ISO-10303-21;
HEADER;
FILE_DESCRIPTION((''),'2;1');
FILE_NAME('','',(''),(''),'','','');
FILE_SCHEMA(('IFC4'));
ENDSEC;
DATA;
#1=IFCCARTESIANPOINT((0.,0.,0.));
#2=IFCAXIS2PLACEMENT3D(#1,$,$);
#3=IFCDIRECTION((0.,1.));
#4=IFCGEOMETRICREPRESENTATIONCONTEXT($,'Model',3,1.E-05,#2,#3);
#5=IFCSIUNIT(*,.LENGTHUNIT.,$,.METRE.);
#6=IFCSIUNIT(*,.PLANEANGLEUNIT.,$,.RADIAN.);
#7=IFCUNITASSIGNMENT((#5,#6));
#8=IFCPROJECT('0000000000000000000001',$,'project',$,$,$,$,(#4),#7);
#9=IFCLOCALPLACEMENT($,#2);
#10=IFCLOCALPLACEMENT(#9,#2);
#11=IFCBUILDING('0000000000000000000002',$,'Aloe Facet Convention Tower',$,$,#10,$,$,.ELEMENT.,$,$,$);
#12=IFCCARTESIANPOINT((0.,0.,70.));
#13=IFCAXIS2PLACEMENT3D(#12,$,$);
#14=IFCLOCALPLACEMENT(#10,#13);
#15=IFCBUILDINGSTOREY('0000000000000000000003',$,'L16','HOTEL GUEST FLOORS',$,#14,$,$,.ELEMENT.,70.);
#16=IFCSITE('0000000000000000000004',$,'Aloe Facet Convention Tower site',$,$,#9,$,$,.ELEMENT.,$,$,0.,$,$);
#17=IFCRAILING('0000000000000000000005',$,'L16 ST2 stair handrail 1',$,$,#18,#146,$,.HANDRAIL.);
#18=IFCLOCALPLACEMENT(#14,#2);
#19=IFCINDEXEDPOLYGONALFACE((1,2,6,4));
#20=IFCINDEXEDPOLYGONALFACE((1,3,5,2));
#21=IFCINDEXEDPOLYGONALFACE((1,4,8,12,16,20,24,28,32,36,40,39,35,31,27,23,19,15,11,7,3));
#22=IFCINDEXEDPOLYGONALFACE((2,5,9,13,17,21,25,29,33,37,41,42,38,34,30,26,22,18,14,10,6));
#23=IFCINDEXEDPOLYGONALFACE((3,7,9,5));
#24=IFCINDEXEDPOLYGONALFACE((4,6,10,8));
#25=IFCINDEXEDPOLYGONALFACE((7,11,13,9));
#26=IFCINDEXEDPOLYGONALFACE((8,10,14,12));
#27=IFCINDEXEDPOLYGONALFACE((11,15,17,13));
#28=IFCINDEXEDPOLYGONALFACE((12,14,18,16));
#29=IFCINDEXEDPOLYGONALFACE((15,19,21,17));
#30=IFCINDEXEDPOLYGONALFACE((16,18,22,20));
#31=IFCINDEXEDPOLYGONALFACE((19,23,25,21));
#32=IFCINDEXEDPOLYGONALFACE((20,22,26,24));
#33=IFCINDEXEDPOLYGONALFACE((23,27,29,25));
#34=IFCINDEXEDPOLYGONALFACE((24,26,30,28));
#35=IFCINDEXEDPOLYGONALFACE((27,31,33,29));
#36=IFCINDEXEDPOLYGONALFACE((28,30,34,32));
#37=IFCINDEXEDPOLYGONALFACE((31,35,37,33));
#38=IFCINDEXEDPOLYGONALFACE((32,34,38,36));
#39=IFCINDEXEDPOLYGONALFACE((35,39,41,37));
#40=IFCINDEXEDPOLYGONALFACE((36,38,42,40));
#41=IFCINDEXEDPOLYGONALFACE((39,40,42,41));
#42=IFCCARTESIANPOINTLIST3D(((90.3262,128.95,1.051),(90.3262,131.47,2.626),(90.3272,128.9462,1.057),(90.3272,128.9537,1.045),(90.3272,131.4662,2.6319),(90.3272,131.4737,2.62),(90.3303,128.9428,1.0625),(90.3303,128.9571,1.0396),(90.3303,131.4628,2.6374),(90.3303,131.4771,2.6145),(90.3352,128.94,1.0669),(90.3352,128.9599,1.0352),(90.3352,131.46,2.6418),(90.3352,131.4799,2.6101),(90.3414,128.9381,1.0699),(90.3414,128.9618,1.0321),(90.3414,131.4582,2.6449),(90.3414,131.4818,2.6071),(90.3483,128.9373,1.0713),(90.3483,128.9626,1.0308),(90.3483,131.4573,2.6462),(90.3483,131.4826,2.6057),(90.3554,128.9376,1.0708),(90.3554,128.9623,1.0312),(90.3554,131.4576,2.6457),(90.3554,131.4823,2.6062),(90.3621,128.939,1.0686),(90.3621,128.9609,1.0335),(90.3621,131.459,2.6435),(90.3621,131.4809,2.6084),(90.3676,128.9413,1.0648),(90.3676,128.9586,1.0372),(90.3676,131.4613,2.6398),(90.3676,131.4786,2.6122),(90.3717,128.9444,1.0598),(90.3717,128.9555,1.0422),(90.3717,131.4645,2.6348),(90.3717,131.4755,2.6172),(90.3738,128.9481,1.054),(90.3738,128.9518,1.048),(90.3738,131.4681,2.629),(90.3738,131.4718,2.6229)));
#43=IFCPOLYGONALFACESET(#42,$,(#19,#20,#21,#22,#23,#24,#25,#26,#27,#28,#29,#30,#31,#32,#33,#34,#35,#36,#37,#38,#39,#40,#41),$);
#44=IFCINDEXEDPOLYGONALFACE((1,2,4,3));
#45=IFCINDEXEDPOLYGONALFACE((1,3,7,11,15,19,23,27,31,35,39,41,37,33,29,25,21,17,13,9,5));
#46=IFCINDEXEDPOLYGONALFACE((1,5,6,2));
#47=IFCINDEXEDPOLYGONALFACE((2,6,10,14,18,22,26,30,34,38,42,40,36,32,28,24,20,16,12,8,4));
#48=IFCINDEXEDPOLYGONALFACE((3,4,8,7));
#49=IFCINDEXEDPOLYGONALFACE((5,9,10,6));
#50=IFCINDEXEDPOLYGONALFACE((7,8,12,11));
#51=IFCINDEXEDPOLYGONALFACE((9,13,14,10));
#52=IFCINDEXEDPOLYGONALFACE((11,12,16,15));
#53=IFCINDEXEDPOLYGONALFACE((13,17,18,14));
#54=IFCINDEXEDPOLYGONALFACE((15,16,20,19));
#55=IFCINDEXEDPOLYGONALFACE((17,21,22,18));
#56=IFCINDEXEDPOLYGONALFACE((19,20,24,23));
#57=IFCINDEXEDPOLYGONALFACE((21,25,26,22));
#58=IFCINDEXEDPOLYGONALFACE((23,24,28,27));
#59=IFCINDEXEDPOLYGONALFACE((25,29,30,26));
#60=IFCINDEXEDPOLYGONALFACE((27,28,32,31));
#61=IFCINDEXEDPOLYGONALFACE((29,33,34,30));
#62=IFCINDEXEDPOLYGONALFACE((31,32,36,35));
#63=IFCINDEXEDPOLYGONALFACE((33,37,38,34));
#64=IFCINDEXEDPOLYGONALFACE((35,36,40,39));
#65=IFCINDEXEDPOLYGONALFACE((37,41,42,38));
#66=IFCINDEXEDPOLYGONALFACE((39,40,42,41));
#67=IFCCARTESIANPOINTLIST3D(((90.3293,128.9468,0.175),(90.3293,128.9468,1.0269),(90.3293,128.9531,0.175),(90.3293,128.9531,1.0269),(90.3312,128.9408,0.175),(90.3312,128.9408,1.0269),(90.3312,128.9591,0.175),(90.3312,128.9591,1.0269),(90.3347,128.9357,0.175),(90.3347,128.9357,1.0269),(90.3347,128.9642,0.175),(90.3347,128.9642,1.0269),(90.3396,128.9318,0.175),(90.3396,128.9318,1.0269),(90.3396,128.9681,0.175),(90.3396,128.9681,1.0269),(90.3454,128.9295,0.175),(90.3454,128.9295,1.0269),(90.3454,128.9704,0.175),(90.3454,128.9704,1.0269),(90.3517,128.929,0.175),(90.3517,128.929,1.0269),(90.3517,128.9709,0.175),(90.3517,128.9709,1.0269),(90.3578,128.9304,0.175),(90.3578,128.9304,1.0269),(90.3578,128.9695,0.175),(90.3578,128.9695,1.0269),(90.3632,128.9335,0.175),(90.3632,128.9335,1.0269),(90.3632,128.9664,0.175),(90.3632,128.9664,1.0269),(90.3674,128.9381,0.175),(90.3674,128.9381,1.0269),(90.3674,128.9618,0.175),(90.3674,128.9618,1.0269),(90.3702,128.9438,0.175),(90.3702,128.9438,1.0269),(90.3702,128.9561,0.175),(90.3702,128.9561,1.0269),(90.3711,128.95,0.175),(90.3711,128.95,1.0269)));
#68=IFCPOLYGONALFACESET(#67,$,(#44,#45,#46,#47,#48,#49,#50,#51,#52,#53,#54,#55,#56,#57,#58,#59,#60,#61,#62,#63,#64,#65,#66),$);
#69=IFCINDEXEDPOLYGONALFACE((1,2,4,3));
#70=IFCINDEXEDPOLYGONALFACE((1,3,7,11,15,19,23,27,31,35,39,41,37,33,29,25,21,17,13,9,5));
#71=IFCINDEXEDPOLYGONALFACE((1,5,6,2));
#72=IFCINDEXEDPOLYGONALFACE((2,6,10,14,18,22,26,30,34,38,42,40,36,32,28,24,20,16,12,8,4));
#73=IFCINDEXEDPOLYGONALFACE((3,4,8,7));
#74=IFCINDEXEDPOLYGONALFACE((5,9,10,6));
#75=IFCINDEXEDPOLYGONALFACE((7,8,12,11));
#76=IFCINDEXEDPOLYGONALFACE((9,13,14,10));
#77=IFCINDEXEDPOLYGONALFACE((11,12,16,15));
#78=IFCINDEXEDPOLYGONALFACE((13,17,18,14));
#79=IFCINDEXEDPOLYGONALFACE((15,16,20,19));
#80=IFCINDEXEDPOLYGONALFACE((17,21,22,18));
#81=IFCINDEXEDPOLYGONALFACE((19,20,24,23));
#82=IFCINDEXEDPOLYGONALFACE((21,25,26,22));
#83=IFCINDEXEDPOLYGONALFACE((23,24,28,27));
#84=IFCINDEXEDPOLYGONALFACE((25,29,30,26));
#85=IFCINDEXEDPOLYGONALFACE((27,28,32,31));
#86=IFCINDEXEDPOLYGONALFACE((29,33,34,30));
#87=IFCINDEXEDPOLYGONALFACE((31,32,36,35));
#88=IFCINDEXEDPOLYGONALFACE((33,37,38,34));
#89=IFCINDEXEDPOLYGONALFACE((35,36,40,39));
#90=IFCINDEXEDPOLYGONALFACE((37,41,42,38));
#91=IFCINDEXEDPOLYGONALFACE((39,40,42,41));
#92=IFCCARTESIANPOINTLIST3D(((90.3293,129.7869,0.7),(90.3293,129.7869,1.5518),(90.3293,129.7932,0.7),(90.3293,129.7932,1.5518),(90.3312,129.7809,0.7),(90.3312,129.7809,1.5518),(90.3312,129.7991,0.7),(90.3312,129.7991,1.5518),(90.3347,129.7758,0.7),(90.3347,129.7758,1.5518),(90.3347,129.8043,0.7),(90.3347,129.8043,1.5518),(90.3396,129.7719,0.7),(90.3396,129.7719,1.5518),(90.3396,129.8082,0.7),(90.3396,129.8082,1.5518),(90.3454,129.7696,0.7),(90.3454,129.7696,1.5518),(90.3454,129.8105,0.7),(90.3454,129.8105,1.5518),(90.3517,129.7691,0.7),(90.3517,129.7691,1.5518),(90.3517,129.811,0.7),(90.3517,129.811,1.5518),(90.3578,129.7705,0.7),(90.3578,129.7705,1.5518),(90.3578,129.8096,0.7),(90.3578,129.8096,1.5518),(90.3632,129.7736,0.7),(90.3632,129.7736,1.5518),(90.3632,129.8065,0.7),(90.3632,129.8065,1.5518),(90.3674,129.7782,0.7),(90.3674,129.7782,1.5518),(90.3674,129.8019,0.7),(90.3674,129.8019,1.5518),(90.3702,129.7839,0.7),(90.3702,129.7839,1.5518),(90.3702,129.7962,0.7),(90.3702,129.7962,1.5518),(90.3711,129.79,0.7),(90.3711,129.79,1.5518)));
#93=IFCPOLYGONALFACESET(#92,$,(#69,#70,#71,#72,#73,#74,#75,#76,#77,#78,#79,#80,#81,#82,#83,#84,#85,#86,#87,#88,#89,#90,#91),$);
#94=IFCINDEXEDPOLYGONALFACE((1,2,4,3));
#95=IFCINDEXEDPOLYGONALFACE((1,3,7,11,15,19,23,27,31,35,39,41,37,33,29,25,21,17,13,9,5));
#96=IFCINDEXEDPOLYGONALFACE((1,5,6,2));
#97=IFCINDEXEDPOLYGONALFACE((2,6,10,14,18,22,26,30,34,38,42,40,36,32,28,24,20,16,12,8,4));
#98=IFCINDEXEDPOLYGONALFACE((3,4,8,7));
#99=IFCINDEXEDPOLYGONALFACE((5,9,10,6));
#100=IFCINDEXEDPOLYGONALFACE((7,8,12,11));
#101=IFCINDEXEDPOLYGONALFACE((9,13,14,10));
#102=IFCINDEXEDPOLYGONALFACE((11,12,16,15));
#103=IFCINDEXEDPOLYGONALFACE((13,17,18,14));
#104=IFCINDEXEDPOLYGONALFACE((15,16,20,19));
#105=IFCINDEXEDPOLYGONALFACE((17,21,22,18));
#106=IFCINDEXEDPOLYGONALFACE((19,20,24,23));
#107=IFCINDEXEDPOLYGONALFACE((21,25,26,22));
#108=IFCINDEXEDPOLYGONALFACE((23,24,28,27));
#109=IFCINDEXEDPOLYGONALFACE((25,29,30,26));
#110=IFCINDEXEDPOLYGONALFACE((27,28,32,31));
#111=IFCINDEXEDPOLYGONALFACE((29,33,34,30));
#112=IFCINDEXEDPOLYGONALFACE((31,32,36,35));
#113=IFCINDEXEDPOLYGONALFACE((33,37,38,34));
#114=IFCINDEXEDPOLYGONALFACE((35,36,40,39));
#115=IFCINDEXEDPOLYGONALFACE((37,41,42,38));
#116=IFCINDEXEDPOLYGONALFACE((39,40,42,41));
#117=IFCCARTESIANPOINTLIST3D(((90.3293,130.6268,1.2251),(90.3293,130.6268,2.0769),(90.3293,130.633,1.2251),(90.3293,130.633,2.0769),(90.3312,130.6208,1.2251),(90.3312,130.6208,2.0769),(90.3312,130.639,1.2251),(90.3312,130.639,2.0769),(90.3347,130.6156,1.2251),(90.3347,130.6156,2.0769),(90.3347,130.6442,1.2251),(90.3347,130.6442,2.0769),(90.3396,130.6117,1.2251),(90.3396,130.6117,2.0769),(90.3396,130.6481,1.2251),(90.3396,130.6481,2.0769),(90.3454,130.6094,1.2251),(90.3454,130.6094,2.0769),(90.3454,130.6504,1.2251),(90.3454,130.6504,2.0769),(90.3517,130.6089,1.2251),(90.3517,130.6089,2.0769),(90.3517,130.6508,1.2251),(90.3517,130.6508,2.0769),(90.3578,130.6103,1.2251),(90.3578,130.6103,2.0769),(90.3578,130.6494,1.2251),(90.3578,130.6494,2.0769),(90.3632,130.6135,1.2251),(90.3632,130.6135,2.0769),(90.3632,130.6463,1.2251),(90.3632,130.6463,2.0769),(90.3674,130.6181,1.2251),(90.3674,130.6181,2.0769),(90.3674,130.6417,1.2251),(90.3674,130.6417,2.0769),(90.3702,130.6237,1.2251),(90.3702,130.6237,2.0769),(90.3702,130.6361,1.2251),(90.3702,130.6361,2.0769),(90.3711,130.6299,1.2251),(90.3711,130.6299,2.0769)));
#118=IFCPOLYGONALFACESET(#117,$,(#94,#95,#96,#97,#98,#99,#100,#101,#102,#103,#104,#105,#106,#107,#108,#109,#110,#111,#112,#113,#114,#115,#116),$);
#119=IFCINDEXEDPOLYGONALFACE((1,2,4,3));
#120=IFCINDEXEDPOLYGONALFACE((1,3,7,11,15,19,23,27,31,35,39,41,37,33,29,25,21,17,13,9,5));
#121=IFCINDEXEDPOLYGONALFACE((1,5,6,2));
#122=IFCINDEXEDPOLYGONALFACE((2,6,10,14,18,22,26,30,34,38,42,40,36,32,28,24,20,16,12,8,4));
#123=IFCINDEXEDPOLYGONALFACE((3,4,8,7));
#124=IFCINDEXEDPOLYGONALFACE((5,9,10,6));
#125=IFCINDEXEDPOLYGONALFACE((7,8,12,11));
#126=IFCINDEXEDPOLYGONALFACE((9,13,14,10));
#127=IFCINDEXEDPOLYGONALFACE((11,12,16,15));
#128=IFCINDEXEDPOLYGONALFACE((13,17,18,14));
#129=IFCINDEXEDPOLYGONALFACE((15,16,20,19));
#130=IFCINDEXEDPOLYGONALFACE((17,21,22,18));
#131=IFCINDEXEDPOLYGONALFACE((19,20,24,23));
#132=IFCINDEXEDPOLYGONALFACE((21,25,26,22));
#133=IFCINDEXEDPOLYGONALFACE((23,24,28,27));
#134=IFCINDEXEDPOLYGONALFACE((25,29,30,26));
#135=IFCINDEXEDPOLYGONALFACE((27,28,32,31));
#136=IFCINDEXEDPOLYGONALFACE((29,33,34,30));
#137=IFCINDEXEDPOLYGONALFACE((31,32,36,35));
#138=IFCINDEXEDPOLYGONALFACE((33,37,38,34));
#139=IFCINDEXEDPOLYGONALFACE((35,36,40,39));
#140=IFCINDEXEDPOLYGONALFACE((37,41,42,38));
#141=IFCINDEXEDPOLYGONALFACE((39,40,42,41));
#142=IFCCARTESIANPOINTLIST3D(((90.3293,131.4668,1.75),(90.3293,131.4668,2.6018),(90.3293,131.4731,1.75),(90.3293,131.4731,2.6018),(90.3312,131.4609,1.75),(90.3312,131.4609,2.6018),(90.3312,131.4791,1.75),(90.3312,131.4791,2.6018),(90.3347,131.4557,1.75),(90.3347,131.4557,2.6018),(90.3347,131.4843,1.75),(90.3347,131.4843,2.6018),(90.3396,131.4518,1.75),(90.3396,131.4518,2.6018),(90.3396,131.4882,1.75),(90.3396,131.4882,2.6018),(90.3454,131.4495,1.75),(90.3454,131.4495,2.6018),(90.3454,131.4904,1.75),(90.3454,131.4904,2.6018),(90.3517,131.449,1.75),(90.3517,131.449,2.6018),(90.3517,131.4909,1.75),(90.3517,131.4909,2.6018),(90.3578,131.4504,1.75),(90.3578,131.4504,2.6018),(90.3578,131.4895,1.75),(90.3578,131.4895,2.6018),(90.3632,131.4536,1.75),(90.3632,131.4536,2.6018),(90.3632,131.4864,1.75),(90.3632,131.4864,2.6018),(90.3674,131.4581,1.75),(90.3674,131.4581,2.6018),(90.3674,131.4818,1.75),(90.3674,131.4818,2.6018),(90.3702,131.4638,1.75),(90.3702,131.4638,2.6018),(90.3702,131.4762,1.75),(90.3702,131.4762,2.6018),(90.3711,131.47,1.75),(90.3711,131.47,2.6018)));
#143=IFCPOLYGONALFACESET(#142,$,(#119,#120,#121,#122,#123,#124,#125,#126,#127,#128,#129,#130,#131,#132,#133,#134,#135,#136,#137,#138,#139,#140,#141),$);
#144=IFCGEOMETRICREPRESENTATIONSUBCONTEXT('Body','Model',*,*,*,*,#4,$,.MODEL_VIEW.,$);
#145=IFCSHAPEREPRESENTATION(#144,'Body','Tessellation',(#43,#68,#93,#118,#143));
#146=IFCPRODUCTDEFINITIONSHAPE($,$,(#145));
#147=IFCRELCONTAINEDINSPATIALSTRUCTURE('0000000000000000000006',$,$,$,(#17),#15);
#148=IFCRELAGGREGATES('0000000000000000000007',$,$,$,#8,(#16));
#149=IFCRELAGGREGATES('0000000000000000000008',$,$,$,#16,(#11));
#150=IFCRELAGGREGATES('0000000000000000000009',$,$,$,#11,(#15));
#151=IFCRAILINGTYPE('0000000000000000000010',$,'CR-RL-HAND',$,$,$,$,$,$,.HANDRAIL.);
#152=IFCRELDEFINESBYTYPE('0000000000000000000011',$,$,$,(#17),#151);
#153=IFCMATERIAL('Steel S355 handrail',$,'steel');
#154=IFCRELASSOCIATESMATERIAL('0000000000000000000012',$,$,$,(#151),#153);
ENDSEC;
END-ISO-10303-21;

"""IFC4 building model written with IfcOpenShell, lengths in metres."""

from ifc_helpers import new_model, si_unit, direction, frame, origin, origin_2d, place, context, subcontext, project, spatial, circle, extrude, material, type_object, element, save


model = new_model("IFC4")

# Units and contexts
model_context = context("Model", 3, precision=1e-05, world=origin(), true_north=direction((0.0, 1.0)))
body_context = subcontext(model_context, "Body", "Model", "MODEL_VIEW")
ifc_project = project(units=[si_unit("LENGTHUNIT", "METRE"), si_unit("PLANEANGLEUNIT", "RADIAN")], contexts=[model_context])

# Site, building, storey
site_placement = place(None, origin())
site = spatial("IfcSite", under=ifc_project, at=site_placement, Name="Aloe Facet Convention Tower site", CompositionType="ELEMENT", RefElevation=0.0)
building_placement = place(site_placement, origin())
building = spatial("IfcBuilding", under=site, at=building_placement, Name="Aloe Facet Convention Tower", CompositionType="ELEMENT")
storey_placement = place(building_placement, frame((0.0, 0.0, 70.0)))
storey = spatial("IfcBuildingStorey", under=building, at=storey_placement, Name="L16", Description="HOTEL GUEST FLOORS", CompositionType="ELEMENT", Elevation=70.0)

# Railing
ifc_material_1 = material(Name="Steel S355 handrail", Category="steel")
railing_type_1 = type_object("IfcRailingType", Name="CR-RL-HAND", PredefinedType="HANDRAIL", material=ifc_material_1)
railing_1_placement = place(storey_placement, frame((90.3501, 128.95, 0.175)))
element("IfcRailing", 1, at=railing_1_placement, inside=storey, type_object=railing_type_1, Name="L16 ST2 stair handrail 1", PredefinedType="HANDRAIL", context=body_context, shape_type="SweptSolid", body=[
    extrude(circle(Radius=0.0239, at=origin_2d()), frame((0.0, 0.0, 0.876), z_axis=(0.0, 0.848008, 0.529984), x_axis=(-1.0, 0.0, 0.0)), (0.0, 0.0, 1.0), 2.9717),
    extrude(circle(Radius=0.021, at=origin_2d()), origin(), (0.0, 0.0, 1.0), 0.8518),
    extrude(circle(Radius=0.021, at=origin_2d()), frame((0.0, 0.8401, 0.5249)), (0.0, 0.0, 1.0), 0.8518),
    extrude(circle(Radius=0.021, at=origin_2d()), frame((0.0, 1.6799, 1.05)), (0.0, 0.0, 1.0), 0.8518),
    extrude(circle(Radius=0.021, at=origin_2d()), frame((0.0, 2.52, 1.575)), (0.0, 0.0, 1.0), 0.8518),
])

save(model, "model.ifc")
